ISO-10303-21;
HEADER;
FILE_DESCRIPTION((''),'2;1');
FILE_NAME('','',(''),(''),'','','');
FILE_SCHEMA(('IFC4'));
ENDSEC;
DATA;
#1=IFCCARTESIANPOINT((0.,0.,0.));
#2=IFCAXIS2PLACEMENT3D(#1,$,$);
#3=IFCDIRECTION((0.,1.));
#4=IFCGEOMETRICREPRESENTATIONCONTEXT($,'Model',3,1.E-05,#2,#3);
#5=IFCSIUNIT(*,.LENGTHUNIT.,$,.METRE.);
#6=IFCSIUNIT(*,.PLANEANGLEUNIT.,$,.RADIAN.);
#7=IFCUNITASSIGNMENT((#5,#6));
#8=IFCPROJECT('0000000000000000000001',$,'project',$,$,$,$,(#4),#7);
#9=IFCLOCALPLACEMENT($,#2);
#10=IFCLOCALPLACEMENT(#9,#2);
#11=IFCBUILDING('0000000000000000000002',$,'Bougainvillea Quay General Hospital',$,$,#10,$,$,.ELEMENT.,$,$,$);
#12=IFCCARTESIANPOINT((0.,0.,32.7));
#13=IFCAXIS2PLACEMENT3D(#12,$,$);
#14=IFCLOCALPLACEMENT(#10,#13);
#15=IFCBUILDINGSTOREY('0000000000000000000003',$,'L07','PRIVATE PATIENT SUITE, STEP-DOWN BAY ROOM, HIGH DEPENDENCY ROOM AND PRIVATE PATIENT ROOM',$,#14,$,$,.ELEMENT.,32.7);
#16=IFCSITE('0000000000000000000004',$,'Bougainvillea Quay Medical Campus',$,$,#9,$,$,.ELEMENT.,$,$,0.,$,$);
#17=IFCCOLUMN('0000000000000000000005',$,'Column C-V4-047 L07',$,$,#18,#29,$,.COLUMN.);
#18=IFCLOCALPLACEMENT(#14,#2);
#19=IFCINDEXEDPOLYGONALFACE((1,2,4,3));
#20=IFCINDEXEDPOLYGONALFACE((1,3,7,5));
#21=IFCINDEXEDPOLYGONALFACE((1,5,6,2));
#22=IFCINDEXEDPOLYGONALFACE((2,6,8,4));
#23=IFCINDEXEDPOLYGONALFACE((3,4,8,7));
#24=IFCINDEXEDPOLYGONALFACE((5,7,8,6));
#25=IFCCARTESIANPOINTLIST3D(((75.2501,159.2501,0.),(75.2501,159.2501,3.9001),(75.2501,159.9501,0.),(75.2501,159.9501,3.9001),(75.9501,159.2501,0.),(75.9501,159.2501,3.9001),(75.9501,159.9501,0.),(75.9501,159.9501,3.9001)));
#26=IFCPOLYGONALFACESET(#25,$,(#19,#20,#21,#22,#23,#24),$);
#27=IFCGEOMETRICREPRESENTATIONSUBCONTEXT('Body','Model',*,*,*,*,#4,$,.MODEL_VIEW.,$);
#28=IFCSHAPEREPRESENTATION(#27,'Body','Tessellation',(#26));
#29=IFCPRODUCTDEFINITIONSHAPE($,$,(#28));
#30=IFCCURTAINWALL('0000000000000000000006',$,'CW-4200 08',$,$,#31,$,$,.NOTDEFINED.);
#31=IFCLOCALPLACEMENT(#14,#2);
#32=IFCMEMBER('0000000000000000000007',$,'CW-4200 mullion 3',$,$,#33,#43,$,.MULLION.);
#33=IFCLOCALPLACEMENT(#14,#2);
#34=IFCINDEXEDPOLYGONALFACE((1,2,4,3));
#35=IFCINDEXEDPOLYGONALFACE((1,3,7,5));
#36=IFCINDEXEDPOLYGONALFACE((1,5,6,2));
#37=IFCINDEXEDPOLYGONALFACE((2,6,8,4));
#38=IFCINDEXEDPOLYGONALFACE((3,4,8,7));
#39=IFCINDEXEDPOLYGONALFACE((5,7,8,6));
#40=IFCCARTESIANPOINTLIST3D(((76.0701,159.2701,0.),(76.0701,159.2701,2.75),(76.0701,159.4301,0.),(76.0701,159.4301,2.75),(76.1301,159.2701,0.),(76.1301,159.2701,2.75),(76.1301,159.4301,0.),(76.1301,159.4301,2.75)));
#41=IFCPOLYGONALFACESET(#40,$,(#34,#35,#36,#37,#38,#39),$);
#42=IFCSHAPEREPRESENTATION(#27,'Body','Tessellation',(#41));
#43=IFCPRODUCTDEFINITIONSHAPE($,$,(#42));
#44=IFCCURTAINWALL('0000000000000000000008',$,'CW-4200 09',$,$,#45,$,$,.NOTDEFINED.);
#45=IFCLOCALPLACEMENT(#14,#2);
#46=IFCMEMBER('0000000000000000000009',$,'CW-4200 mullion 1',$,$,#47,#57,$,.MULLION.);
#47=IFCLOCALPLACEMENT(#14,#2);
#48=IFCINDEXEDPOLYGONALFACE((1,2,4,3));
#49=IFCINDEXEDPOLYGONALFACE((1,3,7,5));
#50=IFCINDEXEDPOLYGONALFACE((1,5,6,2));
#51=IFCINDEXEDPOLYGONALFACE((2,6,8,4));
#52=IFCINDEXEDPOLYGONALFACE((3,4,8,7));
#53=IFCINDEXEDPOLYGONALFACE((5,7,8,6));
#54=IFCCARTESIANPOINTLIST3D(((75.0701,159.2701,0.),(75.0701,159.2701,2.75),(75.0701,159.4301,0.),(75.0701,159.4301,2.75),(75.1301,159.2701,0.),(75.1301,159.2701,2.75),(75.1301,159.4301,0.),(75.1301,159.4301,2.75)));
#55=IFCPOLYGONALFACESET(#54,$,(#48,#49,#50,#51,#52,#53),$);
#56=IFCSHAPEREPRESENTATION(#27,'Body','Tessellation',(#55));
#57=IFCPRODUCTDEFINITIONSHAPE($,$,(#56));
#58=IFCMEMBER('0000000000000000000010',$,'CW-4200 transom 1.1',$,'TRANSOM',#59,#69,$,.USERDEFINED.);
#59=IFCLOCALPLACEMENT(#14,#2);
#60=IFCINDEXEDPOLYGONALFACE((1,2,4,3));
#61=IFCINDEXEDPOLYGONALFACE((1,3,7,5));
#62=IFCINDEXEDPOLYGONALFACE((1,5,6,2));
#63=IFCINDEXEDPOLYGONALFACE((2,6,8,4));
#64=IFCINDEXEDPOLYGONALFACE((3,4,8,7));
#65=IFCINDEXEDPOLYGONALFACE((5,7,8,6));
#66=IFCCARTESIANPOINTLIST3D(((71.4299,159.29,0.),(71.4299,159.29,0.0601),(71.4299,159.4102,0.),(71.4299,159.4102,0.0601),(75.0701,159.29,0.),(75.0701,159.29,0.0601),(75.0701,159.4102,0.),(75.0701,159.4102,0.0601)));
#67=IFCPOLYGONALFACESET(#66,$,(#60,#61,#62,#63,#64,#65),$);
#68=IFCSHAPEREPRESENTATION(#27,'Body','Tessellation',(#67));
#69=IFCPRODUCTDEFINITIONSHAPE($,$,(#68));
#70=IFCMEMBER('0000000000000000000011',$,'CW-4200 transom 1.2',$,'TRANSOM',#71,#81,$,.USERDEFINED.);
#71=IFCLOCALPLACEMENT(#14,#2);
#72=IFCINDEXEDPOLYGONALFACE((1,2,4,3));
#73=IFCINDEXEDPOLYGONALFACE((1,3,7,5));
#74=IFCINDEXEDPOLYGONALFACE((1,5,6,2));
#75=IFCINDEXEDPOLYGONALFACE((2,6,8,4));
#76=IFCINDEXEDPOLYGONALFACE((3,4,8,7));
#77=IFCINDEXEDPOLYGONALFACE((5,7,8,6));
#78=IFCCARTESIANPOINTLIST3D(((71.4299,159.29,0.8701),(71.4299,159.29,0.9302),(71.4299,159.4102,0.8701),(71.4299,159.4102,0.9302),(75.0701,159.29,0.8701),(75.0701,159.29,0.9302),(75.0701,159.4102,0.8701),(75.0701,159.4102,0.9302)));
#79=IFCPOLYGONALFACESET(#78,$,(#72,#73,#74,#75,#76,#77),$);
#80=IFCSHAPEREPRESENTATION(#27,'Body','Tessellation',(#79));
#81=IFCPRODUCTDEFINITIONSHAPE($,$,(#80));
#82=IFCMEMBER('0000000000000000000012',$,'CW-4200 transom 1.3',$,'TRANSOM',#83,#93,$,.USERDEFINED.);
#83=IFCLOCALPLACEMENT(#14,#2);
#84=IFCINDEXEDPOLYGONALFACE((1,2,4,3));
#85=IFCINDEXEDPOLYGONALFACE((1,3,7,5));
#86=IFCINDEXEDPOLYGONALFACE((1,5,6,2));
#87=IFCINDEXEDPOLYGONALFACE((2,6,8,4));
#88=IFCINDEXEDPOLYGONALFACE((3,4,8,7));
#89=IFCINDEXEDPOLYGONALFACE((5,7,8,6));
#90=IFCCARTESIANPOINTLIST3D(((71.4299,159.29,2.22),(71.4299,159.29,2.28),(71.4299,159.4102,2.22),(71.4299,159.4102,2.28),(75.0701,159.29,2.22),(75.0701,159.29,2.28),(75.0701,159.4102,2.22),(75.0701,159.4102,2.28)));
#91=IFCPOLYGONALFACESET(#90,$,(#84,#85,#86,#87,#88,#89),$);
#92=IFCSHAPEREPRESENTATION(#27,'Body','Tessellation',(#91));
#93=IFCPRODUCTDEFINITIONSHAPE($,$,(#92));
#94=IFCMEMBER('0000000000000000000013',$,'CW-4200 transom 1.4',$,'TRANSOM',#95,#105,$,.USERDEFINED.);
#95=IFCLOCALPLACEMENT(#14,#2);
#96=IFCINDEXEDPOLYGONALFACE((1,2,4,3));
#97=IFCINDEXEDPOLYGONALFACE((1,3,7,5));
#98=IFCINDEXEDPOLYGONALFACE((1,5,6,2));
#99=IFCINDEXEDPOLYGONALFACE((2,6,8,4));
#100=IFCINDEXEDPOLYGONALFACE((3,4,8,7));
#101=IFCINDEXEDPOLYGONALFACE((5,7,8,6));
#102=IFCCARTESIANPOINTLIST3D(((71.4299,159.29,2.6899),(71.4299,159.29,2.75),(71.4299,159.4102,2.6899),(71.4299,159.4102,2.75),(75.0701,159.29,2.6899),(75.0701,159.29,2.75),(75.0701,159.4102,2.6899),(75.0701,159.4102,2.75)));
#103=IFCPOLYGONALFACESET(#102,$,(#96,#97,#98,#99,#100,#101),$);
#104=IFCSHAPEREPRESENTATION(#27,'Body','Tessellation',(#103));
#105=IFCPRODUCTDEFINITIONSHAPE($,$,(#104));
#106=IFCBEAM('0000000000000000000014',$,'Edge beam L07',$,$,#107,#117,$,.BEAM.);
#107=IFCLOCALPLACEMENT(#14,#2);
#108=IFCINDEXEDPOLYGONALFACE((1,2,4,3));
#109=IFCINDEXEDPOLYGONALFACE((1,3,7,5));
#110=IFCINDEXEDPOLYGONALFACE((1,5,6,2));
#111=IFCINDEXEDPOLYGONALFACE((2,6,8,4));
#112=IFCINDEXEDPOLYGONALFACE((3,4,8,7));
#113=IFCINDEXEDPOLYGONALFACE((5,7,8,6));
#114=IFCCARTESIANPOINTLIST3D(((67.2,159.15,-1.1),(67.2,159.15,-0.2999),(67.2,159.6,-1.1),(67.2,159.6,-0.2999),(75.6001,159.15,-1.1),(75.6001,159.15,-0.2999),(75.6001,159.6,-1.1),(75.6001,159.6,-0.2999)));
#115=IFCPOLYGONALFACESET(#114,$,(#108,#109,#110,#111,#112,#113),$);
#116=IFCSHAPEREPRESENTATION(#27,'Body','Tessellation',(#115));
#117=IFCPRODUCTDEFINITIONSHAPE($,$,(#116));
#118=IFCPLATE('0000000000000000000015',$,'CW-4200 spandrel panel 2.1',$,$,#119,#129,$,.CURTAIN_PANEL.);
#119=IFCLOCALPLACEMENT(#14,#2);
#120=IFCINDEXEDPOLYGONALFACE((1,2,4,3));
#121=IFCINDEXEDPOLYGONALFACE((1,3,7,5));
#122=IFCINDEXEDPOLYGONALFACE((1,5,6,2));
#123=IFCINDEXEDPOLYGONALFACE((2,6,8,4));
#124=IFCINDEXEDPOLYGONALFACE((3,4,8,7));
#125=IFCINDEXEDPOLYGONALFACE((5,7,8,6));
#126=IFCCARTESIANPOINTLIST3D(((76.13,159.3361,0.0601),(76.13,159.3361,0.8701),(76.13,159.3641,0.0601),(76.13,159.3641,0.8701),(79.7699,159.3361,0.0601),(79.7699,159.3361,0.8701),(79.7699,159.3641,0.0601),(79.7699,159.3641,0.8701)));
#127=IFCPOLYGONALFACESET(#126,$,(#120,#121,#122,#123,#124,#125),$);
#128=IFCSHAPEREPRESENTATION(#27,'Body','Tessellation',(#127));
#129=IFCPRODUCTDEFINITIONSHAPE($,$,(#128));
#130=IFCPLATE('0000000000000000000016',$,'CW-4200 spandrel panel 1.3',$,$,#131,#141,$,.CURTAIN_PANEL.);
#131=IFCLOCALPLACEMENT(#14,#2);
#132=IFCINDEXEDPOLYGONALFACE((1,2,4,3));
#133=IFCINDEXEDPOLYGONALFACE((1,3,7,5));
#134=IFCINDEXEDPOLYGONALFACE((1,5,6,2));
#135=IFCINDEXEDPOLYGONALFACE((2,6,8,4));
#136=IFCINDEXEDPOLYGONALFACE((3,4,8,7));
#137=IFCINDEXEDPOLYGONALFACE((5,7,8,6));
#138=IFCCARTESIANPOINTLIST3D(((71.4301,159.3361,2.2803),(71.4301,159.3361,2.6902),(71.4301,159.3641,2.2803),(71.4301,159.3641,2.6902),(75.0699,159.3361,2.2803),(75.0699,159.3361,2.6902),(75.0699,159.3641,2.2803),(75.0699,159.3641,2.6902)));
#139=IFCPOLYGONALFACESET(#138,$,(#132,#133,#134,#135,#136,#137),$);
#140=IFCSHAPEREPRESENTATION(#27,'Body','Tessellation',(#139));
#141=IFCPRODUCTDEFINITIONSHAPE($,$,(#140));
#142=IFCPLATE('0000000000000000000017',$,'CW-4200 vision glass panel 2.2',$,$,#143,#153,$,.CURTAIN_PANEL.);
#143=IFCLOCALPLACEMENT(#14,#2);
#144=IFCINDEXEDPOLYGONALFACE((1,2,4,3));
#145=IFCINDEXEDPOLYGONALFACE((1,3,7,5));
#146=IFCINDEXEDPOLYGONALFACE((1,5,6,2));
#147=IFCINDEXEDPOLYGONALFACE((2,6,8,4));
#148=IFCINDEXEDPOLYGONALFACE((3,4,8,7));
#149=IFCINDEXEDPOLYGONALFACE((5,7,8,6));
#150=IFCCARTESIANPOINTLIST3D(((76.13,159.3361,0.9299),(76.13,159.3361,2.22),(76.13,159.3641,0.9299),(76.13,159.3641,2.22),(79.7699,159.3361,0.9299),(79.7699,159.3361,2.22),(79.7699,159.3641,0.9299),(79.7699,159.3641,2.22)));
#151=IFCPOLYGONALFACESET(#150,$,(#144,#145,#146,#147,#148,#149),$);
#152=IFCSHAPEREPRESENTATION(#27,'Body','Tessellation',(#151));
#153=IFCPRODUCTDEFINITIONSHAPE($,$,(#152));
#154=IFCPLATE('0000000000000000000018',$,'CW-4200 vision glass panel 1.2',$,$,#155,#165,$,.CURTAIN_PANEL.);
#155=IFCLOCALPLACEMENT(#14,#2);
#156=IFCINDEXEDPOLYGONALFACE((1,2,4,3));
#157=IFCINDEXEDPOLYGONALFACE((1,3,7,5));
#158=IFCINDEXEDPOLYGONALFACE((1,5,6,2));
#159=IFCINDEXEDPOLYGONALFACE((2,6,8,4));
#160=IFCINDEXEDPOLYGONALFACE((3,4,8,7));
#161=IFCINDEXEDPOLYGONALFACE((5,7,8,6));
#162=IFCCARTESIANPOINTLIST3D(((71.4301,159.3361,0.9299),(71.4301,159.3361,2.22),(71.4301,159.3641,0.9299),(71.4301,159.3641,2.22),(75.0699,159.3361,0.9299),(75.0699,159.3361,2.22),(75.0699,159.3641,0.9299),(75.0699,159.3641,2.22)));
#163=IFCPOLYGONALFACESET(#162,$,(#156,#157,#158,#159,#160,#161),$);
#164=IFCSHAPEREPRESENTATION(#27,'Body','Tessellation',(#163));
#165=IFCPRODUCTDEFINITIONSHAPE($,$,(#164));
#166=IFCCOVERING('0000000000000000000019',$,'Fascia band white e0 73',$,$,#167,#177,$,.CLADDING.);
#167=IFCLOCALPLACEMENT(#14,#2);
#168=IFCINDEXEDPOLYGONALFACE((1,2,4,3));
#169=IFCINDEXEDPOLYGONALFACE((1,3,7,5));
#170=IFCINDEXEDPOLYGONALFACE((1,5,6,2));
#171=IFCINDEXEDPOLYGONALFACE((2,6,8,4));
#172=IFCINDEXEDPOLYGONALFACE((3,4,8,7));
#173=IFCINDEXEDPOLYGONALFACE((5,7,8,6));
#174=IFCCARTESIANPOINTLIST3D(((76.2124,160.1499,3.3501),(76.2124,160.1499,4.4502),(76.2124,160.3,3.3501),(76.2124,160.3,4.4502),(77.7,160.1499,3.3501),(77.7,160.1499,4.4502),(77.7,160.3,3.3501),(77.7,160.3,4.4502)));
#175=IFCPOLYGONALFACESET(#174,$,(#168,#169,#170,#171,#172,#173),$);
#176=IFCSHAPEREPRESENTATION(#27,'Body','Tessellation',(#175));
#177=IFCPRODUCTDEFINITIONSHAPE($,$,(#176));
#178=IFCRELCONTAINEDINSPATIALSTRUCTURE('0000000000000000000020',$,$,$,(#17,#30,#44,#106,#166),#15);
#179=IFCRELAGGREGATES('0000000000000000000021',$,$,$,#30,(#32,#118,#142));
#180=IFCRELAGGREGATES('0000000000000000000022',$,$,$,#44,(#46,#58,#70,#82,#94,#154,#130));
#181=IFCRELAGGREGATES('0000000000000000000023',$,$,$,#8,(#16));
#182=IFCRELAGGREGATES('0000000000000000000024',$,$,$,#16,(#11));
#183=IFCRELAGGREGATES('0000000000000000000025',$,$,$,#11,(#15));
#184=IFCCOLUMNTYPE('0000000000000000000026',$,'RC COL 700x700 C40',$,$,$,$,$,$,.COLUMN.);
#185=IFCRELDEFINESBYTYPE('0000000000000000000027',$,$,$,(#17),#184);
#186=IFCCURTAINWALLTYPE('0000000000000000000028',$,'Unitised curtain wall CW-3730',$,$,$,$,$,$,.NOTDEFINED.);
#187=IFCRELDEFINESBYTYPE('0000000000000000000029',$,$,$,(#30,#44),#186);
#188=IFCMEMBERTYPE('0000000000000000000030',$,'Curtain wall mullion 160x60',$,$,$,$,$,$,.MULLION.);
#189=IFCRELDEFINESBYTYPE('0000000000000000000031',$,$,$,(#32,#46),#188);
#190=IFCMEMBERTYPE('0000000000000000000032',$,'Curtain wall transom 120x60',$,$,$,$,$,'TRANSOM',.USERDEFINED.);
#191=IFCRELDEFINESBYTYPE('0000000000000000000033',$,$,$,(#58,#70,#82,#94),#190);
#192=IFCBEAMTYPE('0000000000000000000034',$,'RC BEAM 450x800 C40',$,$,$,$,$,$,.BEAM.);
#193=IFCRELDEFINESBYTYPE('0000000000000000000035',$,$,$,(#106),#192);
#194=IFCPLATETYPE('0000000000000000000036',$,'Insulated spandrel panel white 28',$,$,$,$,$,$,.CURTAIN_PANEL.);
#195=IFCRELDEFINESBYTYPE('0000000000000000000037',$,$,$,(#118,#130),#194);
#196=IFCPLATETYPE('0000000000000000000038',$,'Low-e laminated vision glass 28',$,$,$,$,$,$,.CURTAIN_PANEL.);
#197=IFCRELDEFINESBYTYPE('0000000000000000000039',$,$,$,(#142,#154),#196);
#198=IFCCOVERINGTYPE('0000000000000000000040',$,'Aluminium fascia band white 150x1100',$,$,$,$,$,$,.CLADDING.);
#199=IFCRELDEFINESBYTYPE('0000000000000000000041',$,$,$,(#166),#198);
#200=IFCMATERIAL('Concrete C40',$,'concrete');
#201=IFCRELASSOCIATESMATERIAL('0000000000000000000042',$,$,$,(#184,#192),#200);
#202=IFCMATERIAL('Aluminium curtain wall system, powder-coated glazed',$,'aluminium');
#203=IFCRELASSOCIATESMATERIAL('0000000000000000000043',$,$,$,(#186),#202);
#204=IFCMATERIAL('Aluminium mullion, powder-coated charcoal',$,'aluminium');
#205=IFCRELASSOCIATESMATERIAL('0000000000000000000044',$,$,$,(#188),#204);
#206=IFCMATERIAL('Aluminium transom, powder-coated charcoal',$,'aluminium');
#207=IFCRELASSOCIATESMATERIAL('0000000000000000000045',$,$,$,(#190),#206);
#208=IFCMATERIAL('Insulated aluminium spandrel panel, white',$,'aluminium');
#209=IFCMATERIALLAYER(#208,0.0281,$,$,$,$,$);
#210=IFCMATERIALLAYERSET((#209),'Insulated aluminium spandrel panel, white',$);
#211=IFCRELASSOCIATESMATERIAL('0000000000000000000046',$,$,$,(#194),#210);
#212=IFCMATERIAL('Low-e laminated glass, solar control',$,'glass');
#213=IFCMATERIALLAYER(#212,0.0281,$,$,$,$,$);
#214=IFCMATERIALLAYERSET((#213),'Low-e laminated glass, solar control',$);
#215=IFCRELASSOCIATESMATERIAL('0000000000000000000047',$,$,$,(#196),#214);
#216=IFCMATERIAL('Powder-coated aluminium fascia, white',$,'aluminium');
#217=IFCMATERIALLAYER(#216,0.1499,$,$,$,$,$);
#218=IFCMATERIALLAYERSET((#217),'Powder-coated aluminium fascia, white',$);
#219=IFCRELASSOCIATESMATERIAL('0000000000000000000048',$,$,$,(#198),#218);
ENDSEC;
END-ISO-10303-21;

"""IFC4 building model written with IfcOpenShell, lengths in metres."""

from ifc_helpers import new_model, si_unit, direction, frame, origin, origin_2d, place, context, subcontext, project, spatial, polyline, rectangle, outline, extrude, material, layer, layer_set, material_profile, profile_set, type_object, element, aggregate, save


model = new_model("IFC4")

# Units and contexts
model_context = context("Model", 3, precision=1e-05, world=origin(), true_north=direction((0.0, 1.0)))
body_context = subcontext(model_context, "Body", "Model", "MODEL_VIEW")
ifc_project = project(units=[si_unit("LENGTHUNIT", "METRE"), si_unit("PLANEANGLEUNIT", "RADIAN")], contexts=[model_context])

# Site, building, storey
site_placement = place(None, origin())
site = spatial("IfcSite", under=ifc_project, at=site_placement, Name="Bougainvillea Quay Medical Campus", CompositionType="ELEMENT", RefElevation=0.0)
building_placement = place(site_placement, origin())
building = spatial("IfcBuilding", under=site, at=building_placement, Name="Bougainvillea Quay General Hospital", CompositionType="ELEMENT")
storey_placement = place(building_placement, frame((0.0, 0.0, 32.7)))
storey = spatial("IfcBuildingStorey", under=building, at=storey_placement, Name="L07", Description="PRIVATE PATIENT SUITE, STEP-DOWN BAY ROOM, HIGH DEPENDENCY ROOM AND PRIVATE PATIENT ROOM", CompositionType="ELEMENT", Elevation=32.7)

# Column
ifc_material_1 = material(Name="Concrete C40", Category="concrete")
ifc_material_profile_1 = material_profile(ifc_material_1, rectangle(XDim=0.7, YDim=0.7, at=origin_2d()))
ifc_profile_set_1 = profile_set([ifc_material_profile_1], Name="Concrete C40")
column_type = type_object("IfcColumnType", Name="RC COL 700x700 C40", PredefinedType="COLUMN", material=ifc_profile_set_1)
column_placement = place(storey_placement, frame((75.6001, 159.6001, 0.0), z_axis=(0.0, 0.0, 1.0), x_axis=(1.0, 0.0, 0.0)))
element("IfcColumn", 1, at=column_placement, inside=storey, type_object=column_type, Name="Column C-V4-047 L07", PredefinedType="COLUMN", context=body_context, shape_type="SweptSolid", body=[
    extrude(rectangle(XDim=0.7, YDim=0.7, at=origin_2d()), origin(), (0.0, 0.0, 1.0), 3.9001),
])

# Curtain wall, member
ifc_material_2 = material(Name="Aluminium curtain wall system, powder-coated glazed", Category="aluminium")
curtain_wall_type = type_object("IfcCurtainWallType", Name="Unitised curtain wall CW-3730", PredefinedType="NOTDEFINED", material=ifc_material_2)
curtain_wall_1_placement = place(storey_placement, origin())
curtain_wall_1 = element("IfcCurtainWall", 2, at=curtain_wall_1_placement, inside=storey, type_object=curtain_wall_type, Name="CW-4200 08", PredefinedType="NOTDEFINED")
ifc_material_3 = material(Name="Aluminium mullion, powder-coated charcoal", Category="aluminium")
ifc_material_profile_2 = material_profile(ifc_material_3, rectangle(XDim=0.1599, YDim=0.0601, at=origin_2d()))
ifc_profile_set_2 = profile_set([ifc_material_profile_2], Name="Aluminium mullion, powder-coated charcoal")
member_type_1 = type_object("IfcMemberType", Name="Curtain wall mullion 160x60", PredefinedType="MULLION", material=ifc_profile_set_2)
member_1_placement = place(storey_placement, frame((76.1001, 159.3501, 0.0), z_axis=(0.0, 0.0, 1.0), x_axis=(0.0, -1.0, 0.0)))
member_1 = element("IfcMember", 3, at=member_1_placement, type_object=member_type_1, Name="CW-4200 mullion 3", PredefinedType="MULLION", context=body_context, shape_type="SweptSolid", body=[
    extrude(rectangle(XDim=0.1599, YDim=0.0601, at=origin_2d()), origin(), (0.0, 0.0, 1.0), 2.75),
])

# Curtain wall, members
curtain_wall_2_placement = place(storey_placement, origin())
curtain_wall_2 = element("IfcCurtainWall", 4, at=curtain_wall_2_placement, inside=storey, type_object=curtain_wall_type, Name="CW-4200 09", PredefinedType="NOTDEFINED")
member_2_placement = place(storey_placement, frame((75.1001, 159.3501, 0.0), z_axis=(0.0, 0.0, 1.0), x_axis=(0.0, -1.0, 0.0)))
member_2 = element("IfcMember", 5, at=member_2_placement, type_object=member_type_1, Name="CW-4200 mullion 1", PredefinedType="MULLION", context=body_context, shape_type="SweptSolid", body=[
    extrude(rectangle(XDim=0.1599, YDim=0.0601, at=origin_2d()), origin(), (0.0, 0.0, 1.0), 2.75),
])
ifc_material_4 = material(Name="Aluminium transom, powder-coated charcoal", Category="aluminium")
ifc_material_profile_3 = material_profile(ifc_material_4, rectangle(XDim=0.1201, YDim=0.0601, at=origin_2d()))
ifc_profile_set_3 = profile_set([ifc_material_profile_3], Name="Aluminium transom, powder-coated charcoal")
member_type_2 = type_object("IfcMemberType", Name="Curtain wall transom 120x60", ElementType="TRANSOM", PredefinedType="USERDEFINED", material=ifc_profile_set_3)
member_3_placement = place(storey_placement, frame((75.0701, 159.3501, 0.03), z_axis=(-1.0, 0.0, 0.0), x_axis=(0.0, -1.0, 0.0)))
member_3 = element("IfcMember", 6, at=member_3_placement, type_object=member_type_2, Name="CW-4200 transom 1.1", ObjectType="TRANSOM", PredefinedType="USERDEFINED", context=body_context, shape_type="SweptSolid", body=[
    extrude(rectangle(XDim=0.1201, YDim=0.0601, at=origin_2d()), origin(), (0.0, 0.0, 1.0), 3.6401),
])
member_4_placement = place(storey_placement, frame((75.0701, 159.3501, 0.9001), z_axis=(-1.0, 0.0, 0.0), x_axis=(0.0, -1.0, 0.0)))
member_4 = element("IfcMember", 7, at=member_4_placement, type_object=member_type_2, Name="CW-4200 transom 1.2", ObjectType="TRANSOM", PredefinedType="USERDEFINED", context=body_context, shape_type="SweptSolid", body=[
    extrude(rectangle(XDim=0.1201, YDim=0.0601, at=origin_2d()), origin(), (0.0, 0.0, 1.0), 3.6401),
])
member_5_placement = place(storey_placement, frame((75.0701, 159.3501, 2.25), z_axis=(-1.0, 0.0, 0.0), x_axis=(0.0, -1.0, 0.0)))
member_5 = element("IfcMember", 8, at=member_5_placement, type_object=member_type_2, Name="CW-4200 transom 1.3", ObjectType="TRANSOM", PredefinedType="USERDEFINED", context=body_context, shape_type="SweptSolid", body=[
    extrude(rectangle(XDim=0.1201, YDim=0.0601, at=origin_2d()), origin(), (0.0, 0.0, 1.0), 3.6401),
])
member_6_placement = place(storey_placement, frame((75.0701, 159.3501, 2.72), z_axis=(-1.0, 0.0, 0.0), x_axis=(0.0, -1.0, 0.0)))
member_6 = element("IfcMember", 9, at=member_6_placement, type_object=member_type_2, Name="CW-4200 transom 1.4", ObjectType="TRANSOM", PredefinedType="USERDEFINED", context=body_context, shape_type="SweptSolid", body=[
    extrude(rectangle(XDim=0.1201, YDim=0.0601, at=origin_2d()), origin(), (0.0, 0.0, 1.0), 3.6401),
])

# Beam
ifc_material_profile_4 = material_profile(ifc_material_1, rectangle(XDim=0.45, YDim=0.8, at=origin_2d()))
ifc_profile_set_4 = profile_set([ifc_material_profile_4], Name="Concrete C40")
beam_type = type_object("IfcBeamType", Name="RC BEAM 450x800 C40", PredefinedType="BEAM", material=ifc_profile_set_4)
beam_placement = place(storey_placement, frame((75.6001, 159.375, -0.7), z_axis=(-1.0, 0.0, 0.0), x_axis=(0.0, -1.0, 0.0)))
element("IfcBeam", 10, at=beam_placement, inside=storey, type_object=beam_type, Name="Edge beam L07", PredefinedType="BEAM", context=body_context, shape_type="SweptSolid", body=[
    extrude(rectangle(XDim=0.45, YDim=0.8, at=origin_2d()), origin(), (0.0, 0.0, 1.0), 8.4001),
])

# Plates
ifc_material_5 = material(Name="Insulated aluminium spandrel panel, white", Category="aluminium")
ifc_layer_1 = layer(ifc_material_5, 0.0281)
ifc_layer_set_1 = layer_set([ifc_layer_1], Name="Insulated aluminium spandrel panel, white")
plate_type_1 = type_object("IfcPlateType", Name="Insulated spandrel panel white 28", PredefinedType="CURTAIN_PANEL", material=ifc_layer_set_1)
plate_1_placement = place(storey_placement, frame((77.95, 159.3501, 0.0601), z_axis=(0.0, 0.0, 1.0), x_axis=(-1.0, 0.0, 0.0)))
plate_1 = element("IfcPlate", 11, at=plate_1_placement, type_object=plate_type_1, Name="CW-4200 spandrel panel 2.1", PredefinedType="CURTAIN_PANEL", context=body_context, shape_type="SweptSolid", body=[
    extrude(rectangle(XDim=3.6399, YDim=0.0281, at=origin_2d()), origin(), (0.0, 0.0, 1.0), 0.8101),
])
plate_2_placement = place(storey_placement, frame((73.25, 159.3501, 2.2803), z_axis=(0.0, 0.0, 1.0), x_axis=(-1.0, 0.0, 0.0)))
plate_2 = element("IfcPlate", 12, at=plate_2_placement, type_object=plate_type_1, Name="CW-4200 spandrel panel 1.3", PredefinedType="CURTAIN_PANEL", context=body_context, shape_type="SweptSolid", body=[
    extrude(rectangle(XDim=3.6399, YDim=0.0281, at=origin_2d()), origin(), (0.0, 0.0, 1.0), 0.4099),
])
ifc_material_6 = material(Name="Low-e laminated glass, solar control", Category="glass")
ifc_layer_2 = layer(ifc_material_6, 0.0281)
ifc_layer_set_2 = layer_set([ifc_layer_2], Name="Low-e laminated glass, solar control")
plate_type_2 = type_object("IfcPlateType", Name="Low-e laminated vision glass 28", PredefinedType="CURTAIN_PANEL", material=ifc_layer_set_2)
plate_3_placement = place(storey_placement, frame((77.95, 159.3501, 0.9299), z_axis=(0.0, 0.0, 1.0), x_axis=(-1.0, 0.0, 0.0)))
plate_3 = element("IfcPlate", 13, at=plate_3_placement, type_object=plate_type_2, Name="CW-4200 vision glass panel 2.2", PredefinedType="CURTAIN_PANEL", context=body_context, shape_type="SweptSolid", body=[
    extrude(rectangle(XDim=3.6399, YDim=0.0281, at=origin_2d()), origin(), (0.0, 0.0, 1.0), 1.29),
])
aggregate(curtain_wall_1, [member_1, plate_1, plate_3])
plate_4_placement = place(storey_placement, frame((73.25, 159.3501, 0.9299), z_axis=(0.0, 0.0, 1.0), x_axis=(-1.0, 0.0, 0.0)))
plate_4 = element("IfcPlate", 14, at=plate_4_placement, type_object=plate_type_2, Name="CW-4200 vision glass panel 1.2", PredefinedType="CURTAIN_PANEL", context=body_context, shape_type="SweptSolid", body=[
    extrude(rectangle(XDim=3.6399, YDim=0.0281, at=origin_2d()), origin(), (0.0, 0.0, 1.0), 1.29),
])
aggregate(curtain_wall_2, [member_2, member_3, member_4, member_5, member_6, plate_4, plate_2])

# Covering
ifc_material_7 = material(Name="Powder-coated aluminium fascia, white", Category="aluminium")
ifc_layer_3 = layer(ifc_material_7, 0.1499)
ifc_layer_set_3 = layer_set([ifc_layer_3], Name="Powder-coated aluminium fascia, white")
covering_type = type_object("IfcCoveringType", Name="Aluminium fascia band white 150x1100", PredefinedType="CLADDING", material=ifc_layer_set_3)
covering_1_placement = place(storey_placement, frame((77.7, 160.1499, 3.3501), z_axis=(0.0, 0.0, 1.0), x_axis=(-1.0, 0.0, 0.0)))
element("IfcCovering", 15, at=covering_1_placement, inside=storey, type_object=covering_type, Name="Fascia band white e0 73", PredefinedType="CLADDING", context=body_context, shape_type="SweptSolid", body=[
    extrude(outline(polyline([(0.0, 0.0), (1.4875, 0.0), (1.4875, -0.1501), (0.0, -0.1501), (0.0, 0.0)])), origin(), (0.0, 0.0, 1.0), 1.1001),
])

save(model, "model.ifc")
